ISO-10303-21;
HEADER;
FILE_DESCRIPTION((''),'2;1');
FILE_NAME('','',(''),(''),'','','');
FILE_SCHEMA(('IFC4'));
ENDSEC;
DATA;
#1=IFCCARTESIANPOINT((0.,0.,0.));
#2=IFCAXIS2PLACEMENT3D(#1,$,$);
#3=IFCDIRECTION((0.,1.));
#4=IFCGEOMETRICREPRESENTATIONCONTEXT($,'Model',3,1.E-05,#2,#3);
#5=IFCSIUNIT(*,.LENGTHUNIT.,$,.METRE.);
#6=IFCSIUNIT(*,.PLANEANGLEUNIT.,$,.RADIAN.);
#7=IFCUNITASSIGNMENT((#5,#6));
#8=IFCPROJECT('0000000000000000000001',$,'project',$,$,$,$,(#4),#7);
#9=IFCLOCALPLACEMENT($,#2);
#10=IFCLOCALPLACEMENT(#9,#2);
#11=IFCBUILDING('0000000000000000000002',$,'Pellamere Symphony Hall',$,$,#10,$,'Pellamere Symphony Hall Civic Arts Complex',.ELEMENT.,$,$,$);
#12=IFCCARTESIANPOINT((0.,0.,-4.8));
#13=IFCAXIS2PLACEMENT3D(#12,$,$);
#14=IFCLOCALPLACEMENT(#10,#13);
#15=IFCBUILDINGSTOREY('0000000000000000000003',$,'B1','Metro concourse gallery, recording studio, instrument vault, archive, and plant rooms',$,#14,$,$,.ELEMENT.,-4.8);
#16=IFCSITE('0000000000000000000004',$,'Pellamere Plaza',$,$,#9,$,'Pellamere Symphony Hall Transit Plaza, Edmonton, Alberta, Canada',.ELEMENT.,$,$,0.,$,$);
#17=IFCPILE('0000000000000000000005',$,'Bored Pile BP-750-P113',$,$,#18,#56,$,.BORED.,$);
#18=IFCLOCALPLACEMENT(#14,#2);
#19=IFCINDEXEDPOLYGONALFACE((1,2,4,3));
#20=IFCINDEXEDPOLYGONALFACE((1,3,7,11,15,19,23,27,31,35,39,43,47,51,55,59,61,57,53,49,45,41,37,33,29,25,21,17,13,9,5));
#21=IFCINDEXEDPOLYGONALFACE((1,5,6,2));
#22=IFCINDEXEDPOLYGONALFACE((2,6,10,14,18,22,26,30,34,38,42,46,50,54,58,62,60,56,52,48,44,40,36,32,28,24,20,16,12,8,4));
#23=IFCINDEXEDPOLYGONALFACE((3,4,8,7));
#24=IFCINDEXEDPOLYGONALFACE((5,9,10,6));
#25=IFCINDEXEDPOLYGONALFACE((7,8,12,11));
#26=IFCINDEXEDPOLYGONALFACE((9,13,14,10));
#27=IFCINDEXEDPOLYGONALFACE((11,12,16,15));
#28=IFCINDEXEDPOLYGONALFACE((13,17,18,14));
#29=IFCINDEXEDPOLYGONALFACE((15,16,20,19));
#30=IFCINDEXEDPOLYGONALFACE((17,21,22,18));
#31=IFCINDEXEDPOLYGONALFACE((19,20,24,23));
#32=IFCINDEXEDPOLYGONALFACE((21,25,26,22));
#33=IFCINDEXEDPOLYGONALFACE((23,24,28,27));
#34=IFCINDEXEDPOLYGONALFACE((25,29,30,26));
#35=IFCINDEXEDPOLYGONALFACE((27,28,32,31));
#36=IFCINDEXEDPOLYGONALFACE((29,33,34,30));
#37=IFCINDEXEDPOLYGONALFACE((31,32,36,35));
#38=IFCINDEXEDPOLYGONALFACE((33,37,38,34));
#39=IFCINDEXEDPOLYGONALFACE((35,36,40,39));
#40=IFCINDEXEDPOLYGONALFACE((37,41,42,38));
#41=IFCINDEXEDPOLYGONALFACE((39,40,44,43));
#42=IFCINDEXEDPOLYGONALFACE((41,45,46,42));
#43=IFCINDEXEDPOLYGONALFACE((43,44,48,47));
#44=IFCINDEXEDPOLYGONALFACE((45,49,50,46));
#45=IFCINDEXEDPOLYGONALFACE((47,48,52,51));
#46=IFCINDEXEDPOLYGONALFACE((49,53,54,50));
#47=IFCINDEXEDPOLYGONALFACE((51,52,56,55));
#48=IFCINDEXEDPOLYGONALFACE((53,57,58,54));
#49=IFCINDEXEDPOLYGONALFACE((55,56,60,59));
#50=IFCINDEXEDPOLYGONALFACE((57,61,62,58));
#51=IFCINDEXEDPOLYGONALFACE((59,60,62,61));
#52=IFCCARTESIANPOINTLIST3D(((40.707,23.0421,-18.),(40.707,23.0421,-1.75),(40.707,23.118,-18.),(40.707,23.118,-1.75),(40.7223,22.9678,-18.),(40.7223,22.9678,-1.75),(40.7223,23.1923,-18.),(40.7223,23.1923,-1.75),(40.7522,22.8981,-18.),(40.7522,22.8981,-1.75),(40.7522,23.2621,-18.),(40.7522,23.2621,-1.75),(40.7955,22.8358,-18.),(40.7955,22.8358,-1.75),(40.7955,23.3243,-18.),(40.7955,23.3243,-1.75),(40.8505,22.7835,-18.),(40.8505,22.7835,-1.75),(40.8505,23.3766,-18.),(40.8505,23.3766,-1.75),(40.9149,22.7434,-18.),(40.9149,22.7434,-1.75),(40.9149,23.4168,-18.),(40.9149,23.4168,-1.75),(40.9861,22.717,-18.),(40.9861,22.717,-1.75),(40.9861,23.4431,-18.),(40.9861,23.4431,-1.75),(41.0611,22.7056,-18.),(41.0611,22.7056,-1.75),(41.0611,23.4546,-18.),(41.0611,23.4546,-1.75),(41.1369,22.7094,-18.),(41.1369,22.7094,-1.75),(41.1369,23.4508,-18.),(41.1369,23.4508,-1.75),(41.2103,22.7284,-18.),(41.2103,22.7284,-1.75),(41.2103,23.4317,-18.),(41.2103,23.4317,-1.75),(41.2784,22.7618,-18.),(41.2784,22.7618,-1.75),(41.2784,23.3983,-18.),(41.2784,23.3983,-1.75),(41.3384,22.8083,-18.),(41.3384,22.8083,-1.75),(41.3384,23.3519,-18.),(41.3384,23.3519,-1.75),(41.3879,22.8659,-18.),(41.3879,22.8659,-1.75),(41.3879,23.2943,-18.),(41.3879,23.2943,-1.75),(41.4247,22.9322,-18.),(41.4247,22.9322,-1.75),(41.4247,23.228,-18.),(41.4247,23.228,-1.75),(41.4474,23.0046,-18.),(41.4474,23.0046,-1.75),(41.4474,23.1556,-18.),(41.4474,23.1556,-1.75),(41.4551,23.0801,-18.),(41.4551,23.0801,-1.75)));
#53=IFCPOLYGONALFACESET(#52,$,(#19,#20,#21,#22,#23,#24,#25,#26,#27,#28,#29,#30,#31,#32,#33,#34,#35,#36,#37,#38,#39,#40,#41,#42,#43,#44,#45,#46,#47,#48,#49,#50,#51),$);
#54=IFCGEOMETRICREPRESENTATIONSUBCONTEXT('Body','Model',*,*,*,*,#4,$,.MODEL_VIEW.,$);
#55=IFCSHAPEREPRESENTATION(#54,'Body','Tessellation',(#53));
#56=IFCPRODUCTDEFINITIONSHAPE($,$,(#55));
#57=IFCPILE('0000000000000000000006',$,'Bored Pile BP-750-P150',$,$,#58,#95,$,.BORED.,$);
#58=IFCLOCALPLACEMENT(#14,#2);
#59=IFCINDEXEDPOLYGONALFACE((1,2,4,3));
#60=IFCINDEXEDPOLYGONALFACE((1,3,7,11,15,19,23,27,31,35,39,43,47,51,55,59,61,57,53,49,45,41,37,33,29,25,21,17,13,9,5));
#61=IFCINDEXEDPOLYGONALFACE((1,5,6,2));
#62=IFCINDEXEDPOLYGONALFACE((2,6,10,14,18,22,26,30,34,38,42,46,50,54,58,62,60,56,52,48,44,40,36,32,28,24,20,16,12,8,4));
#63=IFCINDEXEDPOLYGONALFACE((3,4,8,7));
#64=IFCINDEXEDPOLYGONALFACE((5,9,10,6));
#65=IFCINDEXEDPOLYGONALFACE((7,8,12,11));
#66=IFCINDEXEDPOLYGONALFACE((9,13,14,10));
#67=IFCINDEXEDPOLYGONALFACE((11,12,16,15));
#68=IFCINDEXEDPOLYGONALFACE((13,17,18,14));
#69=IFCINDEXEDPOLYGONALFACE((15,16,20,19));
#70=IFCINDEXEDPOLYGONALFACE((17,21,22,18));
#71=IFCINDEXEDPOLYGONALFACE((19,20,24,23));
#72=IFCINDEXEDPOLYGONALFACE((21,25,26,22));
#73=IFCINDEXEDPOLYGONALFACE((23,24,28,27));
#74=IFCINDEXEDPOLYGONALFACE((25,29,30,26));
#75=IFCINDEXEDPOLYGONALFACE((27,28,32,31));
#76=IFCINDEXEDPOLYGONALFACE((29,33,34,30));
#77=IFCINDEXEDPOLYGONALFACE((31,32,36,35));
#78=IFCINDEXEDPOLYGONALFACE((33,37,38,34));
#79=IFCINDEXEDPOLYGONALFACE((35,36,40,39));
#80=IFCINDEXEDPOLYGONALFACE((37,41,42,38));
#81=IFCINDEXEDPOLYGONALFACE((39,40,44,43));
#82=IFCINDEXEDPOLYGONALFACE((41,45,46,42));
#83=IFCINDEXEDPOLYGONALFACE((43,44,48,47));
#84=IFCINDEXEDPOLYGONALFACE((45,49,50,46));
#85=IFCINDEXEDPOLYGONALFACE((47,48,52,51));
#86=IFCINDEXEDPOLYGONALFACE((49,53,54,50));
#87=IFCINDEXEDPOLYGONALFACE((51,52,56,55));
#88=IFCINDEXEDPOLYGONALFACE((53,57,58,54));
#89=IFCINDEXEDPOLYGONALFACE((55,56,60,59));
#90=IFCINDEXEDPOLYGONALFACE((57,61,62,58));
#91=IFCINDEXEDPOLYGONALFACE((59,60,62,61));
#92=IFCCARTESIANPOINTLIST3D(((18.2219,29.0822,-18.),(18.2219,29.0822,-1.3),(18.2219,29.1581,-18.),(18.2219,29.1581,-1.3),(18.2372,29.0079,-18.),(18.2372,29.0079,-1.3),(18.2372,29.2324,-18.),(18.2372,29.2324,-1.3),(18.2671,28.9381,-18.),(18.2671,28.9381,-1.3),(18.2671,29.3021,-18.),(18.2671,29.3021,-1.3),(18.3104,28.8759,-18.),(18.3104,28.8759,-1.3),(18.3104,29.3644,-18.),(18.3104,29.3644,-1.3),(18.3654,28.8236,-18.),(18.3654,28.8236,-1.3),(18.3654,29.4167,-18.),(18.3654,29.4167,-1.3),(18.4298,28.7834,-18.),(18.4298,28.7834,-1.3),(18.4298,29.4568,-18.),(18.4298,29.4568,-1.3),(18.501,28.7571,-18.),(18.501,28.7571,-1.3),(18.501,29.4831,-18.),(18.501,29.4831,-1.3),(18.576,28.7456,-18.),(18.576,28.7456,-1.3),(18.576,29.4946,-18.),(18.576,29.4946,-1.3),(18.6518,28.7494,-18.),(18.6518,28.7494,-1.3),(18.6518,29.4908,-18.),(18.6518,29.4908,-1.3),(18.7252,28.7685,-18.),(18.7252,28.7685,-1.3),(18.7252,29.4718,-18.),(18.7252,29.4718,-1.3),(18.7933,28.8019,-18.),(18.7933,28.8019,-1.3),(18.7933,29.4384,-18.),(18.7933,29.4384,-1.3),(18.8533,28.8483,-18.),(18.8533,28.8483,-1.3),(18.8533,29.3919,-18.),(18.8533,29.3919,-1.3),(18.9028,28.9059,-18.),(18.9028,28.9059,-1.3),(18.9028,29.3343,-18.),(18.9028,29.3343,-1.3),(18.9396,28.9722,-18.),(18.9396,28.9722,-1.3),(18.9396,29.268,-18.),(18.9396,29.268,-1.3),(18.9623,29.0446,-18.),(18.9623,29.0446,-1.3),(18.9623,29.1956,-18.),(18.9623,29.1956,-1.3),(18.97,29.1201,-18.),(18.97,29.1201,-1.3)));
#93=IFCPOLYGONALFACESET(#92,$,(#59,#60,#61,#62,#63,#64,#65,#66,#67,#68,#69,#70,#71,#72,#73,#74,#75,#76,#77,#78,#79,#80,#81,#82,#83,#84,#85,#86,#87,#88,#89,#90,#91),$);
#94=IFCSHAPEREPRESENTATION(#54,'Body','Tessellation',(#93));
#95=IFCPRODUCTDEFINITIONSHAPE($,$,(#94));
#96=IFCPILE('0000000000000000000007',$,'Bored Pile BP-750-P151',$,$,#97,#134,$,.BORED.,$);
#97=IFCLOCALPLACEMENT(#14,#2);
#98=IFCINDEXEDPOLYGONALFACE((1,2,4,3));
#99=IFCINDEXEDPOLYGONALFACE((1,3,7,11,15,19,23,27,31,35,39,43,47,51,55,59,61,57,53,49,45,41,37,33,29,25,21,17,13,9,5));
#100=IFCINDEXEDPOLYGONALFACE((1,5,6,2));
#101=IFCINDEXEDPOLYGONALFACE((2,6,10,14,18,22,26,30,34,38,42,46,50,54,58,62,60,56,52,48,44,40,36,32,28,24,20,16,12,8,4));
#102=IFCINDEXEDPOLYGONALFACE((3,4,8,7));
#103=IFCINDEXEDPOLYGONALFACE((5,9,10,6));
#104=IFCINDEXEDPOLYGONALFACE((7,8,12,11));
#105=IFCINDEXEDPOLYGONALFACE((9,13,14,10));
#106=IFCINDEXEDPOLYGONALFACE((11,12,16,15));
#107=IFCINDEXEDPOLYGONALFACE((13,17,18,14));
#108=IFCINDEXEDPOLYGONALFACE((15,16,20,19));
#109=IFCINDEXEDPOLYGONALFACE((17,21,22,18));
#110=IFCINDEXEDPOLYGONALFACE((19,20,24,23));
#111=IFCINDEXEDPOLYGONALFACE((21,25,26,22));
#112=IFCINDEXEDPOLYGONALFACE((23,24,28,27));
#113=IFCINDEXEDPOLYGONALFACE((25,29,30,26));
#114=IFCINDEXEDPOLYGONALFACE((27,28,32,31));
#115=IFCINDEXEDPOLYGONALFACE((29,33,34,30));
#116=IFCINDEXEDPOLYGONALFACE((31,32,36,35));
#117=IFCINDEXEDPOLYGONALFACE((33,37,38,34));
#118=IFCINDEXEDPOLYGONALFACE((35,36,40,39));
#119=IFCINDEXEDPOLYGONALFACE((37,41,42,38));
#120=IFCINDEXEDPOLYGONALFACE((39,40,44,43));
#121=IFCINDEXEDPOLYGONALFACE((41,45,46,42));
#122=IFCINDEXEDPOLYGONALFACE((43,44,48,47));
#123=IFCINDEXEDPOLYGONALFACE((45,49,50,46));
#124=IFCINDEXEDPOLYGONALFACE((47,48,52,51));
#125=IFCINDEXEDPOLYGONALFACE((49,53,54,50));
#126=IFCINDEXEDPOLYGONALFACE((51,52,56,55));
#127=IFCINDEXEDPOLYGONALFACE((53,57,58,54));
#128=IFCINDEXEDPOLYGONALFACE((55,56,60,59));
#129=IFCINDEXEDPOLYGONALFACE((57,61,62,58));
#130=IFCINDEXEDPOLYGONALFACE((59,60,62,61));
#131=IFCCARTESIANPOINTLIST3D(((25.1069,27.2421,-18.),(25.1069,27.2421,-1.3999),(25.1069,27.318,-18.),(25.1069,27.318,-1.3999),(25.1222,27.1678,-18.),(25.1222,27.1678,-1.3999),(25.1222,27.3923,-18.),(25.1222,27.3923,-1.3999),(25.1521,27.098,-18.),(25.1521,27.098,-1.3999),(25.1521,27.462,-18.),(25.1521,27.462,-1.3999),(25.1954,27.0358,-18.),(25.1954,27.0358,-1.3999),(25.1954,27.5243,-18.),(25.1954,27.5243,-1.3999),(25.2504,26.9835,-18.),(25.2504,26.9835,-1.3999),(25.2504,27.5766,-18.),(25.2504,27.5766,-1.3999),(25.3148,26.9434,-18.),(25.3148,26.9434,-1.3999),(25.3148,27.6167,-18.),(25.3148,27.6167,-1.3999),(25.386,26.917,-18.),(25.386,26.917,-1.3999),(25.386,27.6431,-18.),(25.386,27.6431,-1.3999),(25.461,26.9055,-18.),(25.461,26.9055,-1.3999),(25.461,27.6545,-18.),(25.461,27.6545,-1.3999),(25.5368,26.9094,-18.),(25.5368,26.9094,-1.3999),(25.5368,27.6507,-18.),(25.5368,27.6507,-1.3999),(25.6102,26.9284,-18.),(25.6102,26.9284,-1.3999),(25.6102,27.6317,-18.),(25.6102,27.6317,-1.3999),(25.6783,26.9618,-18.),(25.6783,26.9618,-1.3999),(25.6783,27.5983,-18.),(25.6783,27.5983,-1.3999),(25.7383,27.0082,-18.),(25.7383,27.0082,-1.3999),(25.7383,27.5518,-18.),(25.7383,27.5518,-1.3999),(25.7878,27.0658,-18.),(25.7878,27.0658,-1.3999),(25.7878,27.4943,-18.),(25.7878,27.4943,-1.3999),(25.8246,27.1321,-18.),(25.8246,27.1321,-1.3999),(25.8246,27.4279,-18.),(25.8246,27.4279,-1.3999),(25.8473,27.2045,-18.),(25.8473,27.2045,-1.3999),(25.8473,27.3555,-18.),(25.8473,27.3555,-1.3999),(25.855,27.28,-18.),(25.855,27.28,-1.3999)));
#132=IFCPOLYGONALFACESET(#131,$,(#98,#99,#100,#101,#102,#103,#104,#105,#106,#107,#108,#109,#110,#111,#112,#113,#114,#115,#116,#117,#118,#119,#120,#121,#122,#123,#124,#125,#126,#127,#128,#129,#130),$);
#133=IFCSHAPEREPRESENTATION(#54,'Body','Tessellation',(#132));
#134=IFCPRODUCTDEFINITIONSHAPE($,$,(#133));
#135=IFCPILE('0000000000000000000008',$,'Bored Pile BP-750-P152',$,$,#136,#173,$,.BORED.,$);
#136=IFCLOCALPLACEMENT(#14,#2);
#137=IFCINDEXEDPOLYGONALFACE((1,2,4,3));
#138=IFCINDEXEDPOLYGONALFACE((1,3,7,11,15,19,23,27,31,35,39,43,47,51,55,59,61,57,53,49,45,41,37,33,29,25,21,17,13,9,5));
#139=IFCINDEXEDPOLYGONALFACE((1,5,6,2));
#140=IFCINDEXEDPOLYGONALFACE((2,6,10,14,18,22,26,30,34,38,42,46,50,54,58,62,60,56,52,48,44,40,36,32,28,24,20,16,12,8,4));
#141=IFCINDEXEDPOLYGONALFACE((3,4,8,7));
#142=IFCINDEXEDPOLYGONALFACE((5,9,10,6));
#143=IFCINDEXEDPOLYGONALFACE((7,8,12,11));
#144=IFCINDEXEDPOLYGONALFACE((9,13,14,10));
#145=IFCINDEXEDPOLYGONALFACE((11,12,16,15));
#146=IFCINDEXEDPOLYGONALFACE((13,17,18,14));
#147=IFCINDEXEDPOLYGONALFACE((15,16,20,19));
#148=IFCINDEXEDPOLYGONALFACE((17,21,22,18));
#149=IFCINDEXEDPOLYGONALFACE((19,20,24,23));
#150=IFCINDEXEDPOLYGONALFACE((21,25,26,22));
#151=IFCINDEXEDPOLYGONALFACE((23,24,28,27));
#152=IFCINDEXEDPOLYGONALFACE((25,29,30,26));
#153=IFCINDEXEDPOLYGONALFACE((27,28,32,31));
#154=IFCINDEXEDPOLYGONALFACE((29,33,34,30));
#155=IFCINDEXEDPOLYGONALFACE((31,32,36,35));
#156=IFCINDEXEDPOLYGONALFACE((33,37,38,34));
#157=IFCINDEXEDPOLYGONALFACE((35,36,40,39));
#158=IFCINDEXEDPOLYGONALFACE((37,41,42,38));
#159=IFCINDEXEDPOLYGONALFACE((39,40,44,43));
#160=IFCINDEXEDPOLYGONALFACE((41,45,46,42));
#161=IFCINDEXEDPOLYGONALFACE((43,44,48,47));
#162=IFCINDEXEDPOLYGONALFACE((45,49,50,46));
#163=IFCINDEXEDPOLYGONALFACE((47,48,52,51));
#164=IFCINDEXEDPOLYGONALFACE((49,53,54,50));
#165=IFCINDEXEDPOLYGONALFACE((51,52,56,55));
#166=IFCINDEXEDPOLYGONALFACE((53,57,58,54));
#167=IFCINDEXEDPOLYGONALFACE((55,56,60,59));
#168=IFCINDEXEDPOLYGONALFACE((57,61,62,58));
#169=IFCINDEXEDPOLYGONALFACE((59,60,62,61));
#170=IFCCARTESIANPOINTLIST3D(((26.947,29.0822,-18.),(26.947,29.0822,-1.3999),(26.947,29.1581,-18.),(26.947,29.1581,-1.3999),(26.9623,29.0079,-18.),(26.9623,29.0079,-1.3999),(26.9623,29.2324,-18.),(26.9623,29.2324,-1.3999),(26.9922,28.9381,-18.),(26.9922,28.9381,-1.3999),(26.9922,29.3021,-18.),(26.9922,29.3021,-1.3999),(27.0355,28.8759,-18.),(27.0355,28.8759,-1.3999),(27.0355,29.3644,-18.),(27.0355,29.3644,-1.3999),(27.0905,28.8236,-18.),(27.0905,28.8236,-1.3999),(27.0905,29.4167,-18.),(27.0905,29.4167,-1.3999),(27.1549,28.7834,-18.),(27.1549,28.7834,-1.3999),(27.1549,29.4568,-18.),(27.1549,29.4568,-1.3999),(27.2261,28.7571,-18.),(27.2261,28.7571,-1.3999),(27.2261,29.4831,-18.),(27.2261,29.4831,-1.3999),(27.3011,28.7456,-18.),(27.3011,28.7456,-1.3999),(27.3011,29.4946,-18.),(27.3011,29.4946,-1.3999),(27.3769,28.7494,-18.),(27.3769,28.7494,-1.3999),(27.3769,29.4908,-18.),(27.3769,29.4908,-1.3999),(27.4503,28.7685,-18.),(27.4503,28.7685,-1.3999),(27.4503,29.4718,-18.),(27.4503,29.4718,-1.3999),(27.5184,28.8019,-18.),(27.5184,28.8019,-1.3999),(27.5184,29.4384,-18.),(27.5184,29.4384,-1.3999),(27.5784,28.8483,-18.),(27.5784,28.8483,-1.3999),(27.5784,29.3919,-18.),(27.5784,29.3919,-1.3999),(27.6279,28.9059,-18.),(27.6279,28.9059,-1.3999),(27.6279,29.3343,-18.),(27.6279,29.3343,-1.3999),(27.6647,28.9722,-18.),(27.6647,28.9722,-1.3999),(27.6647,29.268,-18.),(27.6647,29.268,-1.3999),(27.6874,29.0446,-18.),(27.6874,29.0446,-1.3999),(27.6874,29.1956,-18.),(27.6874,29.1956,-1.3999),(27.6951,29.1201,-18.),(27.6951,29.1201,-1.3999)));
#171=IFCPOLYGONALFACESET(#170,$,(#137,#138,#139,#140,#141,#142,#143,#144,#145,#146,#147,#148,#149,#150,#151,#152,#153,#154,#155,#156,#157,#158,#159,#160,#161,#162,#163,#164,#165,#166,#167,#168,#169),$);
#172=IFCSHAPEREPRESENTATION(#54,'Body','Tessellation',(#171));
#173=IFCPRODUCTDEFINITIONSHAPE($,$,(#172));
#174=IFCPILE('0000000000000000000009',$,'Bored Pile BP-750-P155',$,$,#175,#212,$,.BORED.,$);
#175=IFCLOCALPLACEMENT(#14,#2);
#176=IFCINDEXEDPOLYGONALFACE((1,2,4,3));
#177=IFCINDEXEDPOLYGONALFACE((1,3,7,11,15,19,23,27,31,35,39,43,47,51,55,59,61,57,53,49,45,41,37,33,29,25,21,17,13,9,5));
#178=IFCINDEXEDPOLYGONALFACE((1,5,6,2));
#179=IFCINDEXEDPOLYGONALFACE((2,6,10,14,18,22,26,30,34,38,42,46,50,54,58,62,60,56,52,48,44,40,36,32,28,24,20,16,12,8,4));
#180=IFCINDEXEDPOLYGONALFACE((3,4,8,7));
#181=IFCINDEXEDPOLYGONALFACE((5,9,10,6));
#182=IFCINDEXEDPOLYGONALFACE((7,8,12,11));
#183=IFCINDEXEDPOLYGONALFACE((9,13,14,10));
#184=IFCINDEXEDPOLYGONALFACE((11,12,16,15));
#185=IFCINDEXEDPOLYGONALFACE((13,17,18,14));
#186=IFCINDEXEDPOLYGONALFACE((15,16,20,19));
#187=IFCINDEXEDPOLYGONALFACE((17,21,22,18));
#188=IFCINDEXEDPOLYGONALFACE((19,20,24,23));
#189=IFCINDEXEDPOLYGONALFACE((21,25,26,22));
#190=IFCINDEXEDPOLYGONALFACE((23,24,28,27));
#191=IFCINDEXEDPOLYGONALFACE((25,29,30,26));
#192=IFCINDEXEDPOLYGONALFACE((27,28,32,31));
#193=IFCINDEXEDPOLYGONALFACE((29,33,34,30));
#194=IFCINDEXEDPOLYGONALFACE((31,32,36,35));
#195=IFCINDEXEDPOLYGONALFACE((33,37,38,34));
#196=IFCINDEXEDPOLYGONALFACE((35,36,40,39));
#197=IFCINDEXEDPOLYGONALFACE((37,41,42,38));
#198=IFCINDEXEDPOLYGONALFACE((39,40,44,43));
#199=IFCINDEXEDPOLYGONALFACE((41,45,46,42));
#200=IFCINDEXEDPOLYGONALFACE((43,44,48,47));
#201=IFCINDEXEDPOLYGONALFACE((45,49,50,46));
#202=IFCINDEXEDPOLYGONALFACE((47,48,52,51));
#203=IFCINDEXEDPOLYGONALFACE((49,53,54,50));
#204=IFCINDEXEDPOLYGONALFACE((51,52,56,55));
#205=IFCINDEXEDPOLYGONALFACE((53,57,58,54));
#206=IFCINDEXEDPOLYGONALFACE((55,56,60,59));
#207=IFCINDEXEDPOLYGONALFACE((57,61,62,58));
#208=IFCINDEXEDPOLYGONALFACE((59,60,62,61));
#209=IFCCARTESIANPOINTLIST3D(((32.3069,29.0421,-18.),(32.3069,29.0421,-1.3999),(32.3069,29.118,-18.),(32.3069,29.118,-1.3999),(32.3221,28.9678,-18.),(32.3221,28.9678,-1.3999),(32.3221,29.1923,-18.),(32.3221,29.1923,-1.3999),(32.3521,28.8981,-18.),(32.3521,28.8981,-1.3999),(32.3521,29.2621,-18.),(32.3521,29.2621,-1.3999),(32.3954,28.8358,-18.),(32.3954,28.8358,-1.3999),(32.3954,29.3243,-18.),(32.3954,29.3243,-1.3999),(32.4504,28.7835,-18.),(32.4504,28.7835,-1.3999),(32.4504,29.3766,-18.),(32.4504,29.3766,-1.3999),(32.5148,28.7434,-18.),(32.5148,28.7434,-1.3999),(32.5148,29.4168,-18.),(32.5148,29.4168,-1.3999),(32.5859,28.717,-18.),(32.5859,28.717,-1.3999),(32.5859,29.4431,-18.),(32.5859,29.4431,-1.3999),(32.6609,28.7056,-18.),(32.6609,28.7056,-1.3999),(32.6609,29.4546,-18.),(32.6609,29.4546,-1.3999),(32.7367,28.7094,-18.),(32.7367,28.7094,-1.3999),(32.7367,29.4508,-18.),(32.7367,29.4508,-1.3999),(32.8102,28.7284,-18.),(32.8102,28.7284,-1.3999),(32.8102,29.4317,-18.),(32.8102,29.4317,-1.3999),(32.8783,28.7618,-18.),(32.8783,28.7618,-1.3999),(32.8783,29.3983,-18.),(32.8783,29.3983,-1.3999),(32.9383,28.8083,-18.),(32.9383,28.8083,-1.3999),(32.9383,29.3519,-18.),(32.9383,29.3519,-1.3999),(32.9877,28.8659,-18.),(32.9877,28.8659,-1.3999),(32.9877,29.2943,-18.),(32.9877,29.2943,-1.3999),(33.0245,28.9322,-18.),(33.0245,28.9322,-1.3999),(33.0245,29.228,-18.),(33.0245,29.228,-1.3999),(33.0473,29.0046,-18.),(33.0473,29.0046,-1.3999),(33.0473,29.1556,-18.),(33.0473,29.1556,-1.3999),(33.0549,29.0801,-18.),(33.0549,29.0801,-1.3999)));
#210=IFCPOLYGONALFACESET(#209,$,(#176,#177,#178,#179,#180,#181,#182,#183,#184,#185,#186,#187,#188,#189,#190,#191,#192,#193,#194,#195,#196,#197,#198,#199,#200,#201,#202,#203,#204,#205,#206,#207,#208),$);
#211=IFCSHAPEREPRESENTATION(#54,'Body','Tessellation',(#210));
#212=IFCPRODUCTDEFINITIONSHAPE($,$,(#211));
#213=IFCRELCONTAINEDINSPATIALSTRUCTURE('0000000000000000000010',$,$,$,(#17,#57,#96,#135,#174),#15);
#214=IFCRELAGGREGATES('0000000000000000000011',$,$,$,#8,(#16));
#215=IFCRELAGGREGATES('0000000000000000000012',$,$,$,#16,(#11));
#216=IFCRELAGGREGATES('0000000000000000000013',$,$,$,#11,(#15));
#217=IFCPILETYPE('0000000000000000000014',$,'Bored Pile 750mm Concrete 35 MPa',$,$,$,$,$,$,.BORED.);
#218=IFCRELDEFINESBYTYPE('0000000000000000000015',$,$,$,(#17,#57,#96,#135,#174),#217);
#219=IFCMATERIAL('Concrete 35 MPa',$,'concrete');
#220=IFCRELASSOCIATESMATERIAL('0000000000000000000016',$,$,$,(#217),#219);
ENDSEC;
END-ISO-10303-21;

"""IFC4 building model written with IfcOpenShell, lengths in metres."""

from ifc_helpers import new_model, si_unit, direction, frame, origin, origin_2d, place, context, subcontext, project, spatial, circle, extrude, material, material_profile, profile_set, type_object, element, save


model = new_model("IFC4")

# Units and contexts
model_context = context("Model", 3, precision=1e-05, world=origin(), true_north=direction((0.0, 1.0)))
body_context = subcontext(model_context, "Body", "Model", "MODEL_VIEW")
ifc_project = project(units=[si_unit("LENGTHUNIT", "METRE"), si_unit("PLANEANGLEUNIT", "RADIAN")], contexts=[model_context])

# Site, building, storey
site_placement = place(None, origin())
site = spatial("IfcSite", under=ifc_project, at=site_placement, Name="Pellamere Plaza", LongName="Pellamere Symphony Hall Transit Plaza, Edmonton, Alberta, Canada", CompositionType="ELEMENT", RefElevation=0.0)
building_placement = place(site_placement, origin())
building = spatial("IfcBuilding", under=site, at=building_placement, Name="Pellamere Symphony Hall", LongName="Pellamere Symphony Hall Civic Arts Complex", CompositionType="ELEMENT")
storey_placement = place(building_placement, frame((0.0, 0.0, -4.8)))
storey = spatial("IfcBuildingStorey", under=building, at=storey_placement, Name="B1", Description="Metro concourse gallery, recording studio, instrument vault, archive, and plant rooms", CompositionType="ELEMENT", Elevation=-4.8)

# Piles
ifc_material_1 = material(Name="Concrete 35 MPa", Category="concrete")
ifc_material_profile_1 = material_profile(ifc_material_1, circle(Radius=0.375, at=origin_2d()), Name="PILE D750")
ifc_profile_set_1 = profile_set([ifc_material_profile_1], Name="Concrete 35 MPa")
pile_type = type_object("IfcPileType", Name="Bored Pile 750mm Concrete 35 MPa", PredefinedType="BORED", material=ifc_profile_set_1)
pile_1_placement = place(storey_placement, frame((41.0801, 23.0801, -1.75), z_axis=(0.0, 0.0, -1.0), x_axis=(1.0, 0.0, 0.0)))
element("IfcPile", 1, at=pile_1_placement, inside=storey, type_object=pile_type, Name="Bored Pile BP-750-P113", PredefinedType="BORED", context=body_context, shape_type="SweptSolid", body=[
    extrude(circle(Radius=0.375, at=origin_2d()), origin(), (0.0, 0.0, 1.0), 16.25),
])
pile_2_placement = place(storey_placement, frame((18.595, 29.1201, -1.3), z_axis=(0.0, 0.0, -1.0), x_axis=(1.0, 0.0, 0.0)))
element("IfcPile", 2, at=pile_2_placement, inside=storey, type_object=pile_type, Name="Bored Pile BP-750-P150", PredefinedType="BORED", context=body_context, shape_type="SweptSolid", body=[
    extrude(circle(Radius=0.375, at=origin_2d()), origin(), (0.0, 0.0, 1.0), 16.7),
])
for number, where, z_axis, x_axis, name in (
    (3, (25.48, 27.28, -1.3999), (0.0, 0.0, -1.0), (1.0, 0.0, 0.0), "Bored Pile BP-750-P151"),
    (4, (27.3201, 29.1201, -1.3999), (0.0, 0.0, -1.0), (1.0, 0.0, 0.0), "Bored Pile BP-750-P152"),
    (5, (32.6799, 29.0801, -1.3999), (0.0, 0.0, -1.0), (1.0, 0.0, 0.0), "Bored Pile BP-750-P155"),
):
    element("IfcPile", number, at=place(storey_placement, frame(where, z_axis=z_axis, x_axis=x_axis)), inside=storey, type_object=pile_type, Name=name, PredefinedType="BORED", context=body_context, shape_type="SweptSolid", body=[
        extrude(circle(Radius=0.375, at=origin_2d()), origin(), (0.0, 0.0, 1.0), 16.6001),
    ])

save(model, "model.ifc")
